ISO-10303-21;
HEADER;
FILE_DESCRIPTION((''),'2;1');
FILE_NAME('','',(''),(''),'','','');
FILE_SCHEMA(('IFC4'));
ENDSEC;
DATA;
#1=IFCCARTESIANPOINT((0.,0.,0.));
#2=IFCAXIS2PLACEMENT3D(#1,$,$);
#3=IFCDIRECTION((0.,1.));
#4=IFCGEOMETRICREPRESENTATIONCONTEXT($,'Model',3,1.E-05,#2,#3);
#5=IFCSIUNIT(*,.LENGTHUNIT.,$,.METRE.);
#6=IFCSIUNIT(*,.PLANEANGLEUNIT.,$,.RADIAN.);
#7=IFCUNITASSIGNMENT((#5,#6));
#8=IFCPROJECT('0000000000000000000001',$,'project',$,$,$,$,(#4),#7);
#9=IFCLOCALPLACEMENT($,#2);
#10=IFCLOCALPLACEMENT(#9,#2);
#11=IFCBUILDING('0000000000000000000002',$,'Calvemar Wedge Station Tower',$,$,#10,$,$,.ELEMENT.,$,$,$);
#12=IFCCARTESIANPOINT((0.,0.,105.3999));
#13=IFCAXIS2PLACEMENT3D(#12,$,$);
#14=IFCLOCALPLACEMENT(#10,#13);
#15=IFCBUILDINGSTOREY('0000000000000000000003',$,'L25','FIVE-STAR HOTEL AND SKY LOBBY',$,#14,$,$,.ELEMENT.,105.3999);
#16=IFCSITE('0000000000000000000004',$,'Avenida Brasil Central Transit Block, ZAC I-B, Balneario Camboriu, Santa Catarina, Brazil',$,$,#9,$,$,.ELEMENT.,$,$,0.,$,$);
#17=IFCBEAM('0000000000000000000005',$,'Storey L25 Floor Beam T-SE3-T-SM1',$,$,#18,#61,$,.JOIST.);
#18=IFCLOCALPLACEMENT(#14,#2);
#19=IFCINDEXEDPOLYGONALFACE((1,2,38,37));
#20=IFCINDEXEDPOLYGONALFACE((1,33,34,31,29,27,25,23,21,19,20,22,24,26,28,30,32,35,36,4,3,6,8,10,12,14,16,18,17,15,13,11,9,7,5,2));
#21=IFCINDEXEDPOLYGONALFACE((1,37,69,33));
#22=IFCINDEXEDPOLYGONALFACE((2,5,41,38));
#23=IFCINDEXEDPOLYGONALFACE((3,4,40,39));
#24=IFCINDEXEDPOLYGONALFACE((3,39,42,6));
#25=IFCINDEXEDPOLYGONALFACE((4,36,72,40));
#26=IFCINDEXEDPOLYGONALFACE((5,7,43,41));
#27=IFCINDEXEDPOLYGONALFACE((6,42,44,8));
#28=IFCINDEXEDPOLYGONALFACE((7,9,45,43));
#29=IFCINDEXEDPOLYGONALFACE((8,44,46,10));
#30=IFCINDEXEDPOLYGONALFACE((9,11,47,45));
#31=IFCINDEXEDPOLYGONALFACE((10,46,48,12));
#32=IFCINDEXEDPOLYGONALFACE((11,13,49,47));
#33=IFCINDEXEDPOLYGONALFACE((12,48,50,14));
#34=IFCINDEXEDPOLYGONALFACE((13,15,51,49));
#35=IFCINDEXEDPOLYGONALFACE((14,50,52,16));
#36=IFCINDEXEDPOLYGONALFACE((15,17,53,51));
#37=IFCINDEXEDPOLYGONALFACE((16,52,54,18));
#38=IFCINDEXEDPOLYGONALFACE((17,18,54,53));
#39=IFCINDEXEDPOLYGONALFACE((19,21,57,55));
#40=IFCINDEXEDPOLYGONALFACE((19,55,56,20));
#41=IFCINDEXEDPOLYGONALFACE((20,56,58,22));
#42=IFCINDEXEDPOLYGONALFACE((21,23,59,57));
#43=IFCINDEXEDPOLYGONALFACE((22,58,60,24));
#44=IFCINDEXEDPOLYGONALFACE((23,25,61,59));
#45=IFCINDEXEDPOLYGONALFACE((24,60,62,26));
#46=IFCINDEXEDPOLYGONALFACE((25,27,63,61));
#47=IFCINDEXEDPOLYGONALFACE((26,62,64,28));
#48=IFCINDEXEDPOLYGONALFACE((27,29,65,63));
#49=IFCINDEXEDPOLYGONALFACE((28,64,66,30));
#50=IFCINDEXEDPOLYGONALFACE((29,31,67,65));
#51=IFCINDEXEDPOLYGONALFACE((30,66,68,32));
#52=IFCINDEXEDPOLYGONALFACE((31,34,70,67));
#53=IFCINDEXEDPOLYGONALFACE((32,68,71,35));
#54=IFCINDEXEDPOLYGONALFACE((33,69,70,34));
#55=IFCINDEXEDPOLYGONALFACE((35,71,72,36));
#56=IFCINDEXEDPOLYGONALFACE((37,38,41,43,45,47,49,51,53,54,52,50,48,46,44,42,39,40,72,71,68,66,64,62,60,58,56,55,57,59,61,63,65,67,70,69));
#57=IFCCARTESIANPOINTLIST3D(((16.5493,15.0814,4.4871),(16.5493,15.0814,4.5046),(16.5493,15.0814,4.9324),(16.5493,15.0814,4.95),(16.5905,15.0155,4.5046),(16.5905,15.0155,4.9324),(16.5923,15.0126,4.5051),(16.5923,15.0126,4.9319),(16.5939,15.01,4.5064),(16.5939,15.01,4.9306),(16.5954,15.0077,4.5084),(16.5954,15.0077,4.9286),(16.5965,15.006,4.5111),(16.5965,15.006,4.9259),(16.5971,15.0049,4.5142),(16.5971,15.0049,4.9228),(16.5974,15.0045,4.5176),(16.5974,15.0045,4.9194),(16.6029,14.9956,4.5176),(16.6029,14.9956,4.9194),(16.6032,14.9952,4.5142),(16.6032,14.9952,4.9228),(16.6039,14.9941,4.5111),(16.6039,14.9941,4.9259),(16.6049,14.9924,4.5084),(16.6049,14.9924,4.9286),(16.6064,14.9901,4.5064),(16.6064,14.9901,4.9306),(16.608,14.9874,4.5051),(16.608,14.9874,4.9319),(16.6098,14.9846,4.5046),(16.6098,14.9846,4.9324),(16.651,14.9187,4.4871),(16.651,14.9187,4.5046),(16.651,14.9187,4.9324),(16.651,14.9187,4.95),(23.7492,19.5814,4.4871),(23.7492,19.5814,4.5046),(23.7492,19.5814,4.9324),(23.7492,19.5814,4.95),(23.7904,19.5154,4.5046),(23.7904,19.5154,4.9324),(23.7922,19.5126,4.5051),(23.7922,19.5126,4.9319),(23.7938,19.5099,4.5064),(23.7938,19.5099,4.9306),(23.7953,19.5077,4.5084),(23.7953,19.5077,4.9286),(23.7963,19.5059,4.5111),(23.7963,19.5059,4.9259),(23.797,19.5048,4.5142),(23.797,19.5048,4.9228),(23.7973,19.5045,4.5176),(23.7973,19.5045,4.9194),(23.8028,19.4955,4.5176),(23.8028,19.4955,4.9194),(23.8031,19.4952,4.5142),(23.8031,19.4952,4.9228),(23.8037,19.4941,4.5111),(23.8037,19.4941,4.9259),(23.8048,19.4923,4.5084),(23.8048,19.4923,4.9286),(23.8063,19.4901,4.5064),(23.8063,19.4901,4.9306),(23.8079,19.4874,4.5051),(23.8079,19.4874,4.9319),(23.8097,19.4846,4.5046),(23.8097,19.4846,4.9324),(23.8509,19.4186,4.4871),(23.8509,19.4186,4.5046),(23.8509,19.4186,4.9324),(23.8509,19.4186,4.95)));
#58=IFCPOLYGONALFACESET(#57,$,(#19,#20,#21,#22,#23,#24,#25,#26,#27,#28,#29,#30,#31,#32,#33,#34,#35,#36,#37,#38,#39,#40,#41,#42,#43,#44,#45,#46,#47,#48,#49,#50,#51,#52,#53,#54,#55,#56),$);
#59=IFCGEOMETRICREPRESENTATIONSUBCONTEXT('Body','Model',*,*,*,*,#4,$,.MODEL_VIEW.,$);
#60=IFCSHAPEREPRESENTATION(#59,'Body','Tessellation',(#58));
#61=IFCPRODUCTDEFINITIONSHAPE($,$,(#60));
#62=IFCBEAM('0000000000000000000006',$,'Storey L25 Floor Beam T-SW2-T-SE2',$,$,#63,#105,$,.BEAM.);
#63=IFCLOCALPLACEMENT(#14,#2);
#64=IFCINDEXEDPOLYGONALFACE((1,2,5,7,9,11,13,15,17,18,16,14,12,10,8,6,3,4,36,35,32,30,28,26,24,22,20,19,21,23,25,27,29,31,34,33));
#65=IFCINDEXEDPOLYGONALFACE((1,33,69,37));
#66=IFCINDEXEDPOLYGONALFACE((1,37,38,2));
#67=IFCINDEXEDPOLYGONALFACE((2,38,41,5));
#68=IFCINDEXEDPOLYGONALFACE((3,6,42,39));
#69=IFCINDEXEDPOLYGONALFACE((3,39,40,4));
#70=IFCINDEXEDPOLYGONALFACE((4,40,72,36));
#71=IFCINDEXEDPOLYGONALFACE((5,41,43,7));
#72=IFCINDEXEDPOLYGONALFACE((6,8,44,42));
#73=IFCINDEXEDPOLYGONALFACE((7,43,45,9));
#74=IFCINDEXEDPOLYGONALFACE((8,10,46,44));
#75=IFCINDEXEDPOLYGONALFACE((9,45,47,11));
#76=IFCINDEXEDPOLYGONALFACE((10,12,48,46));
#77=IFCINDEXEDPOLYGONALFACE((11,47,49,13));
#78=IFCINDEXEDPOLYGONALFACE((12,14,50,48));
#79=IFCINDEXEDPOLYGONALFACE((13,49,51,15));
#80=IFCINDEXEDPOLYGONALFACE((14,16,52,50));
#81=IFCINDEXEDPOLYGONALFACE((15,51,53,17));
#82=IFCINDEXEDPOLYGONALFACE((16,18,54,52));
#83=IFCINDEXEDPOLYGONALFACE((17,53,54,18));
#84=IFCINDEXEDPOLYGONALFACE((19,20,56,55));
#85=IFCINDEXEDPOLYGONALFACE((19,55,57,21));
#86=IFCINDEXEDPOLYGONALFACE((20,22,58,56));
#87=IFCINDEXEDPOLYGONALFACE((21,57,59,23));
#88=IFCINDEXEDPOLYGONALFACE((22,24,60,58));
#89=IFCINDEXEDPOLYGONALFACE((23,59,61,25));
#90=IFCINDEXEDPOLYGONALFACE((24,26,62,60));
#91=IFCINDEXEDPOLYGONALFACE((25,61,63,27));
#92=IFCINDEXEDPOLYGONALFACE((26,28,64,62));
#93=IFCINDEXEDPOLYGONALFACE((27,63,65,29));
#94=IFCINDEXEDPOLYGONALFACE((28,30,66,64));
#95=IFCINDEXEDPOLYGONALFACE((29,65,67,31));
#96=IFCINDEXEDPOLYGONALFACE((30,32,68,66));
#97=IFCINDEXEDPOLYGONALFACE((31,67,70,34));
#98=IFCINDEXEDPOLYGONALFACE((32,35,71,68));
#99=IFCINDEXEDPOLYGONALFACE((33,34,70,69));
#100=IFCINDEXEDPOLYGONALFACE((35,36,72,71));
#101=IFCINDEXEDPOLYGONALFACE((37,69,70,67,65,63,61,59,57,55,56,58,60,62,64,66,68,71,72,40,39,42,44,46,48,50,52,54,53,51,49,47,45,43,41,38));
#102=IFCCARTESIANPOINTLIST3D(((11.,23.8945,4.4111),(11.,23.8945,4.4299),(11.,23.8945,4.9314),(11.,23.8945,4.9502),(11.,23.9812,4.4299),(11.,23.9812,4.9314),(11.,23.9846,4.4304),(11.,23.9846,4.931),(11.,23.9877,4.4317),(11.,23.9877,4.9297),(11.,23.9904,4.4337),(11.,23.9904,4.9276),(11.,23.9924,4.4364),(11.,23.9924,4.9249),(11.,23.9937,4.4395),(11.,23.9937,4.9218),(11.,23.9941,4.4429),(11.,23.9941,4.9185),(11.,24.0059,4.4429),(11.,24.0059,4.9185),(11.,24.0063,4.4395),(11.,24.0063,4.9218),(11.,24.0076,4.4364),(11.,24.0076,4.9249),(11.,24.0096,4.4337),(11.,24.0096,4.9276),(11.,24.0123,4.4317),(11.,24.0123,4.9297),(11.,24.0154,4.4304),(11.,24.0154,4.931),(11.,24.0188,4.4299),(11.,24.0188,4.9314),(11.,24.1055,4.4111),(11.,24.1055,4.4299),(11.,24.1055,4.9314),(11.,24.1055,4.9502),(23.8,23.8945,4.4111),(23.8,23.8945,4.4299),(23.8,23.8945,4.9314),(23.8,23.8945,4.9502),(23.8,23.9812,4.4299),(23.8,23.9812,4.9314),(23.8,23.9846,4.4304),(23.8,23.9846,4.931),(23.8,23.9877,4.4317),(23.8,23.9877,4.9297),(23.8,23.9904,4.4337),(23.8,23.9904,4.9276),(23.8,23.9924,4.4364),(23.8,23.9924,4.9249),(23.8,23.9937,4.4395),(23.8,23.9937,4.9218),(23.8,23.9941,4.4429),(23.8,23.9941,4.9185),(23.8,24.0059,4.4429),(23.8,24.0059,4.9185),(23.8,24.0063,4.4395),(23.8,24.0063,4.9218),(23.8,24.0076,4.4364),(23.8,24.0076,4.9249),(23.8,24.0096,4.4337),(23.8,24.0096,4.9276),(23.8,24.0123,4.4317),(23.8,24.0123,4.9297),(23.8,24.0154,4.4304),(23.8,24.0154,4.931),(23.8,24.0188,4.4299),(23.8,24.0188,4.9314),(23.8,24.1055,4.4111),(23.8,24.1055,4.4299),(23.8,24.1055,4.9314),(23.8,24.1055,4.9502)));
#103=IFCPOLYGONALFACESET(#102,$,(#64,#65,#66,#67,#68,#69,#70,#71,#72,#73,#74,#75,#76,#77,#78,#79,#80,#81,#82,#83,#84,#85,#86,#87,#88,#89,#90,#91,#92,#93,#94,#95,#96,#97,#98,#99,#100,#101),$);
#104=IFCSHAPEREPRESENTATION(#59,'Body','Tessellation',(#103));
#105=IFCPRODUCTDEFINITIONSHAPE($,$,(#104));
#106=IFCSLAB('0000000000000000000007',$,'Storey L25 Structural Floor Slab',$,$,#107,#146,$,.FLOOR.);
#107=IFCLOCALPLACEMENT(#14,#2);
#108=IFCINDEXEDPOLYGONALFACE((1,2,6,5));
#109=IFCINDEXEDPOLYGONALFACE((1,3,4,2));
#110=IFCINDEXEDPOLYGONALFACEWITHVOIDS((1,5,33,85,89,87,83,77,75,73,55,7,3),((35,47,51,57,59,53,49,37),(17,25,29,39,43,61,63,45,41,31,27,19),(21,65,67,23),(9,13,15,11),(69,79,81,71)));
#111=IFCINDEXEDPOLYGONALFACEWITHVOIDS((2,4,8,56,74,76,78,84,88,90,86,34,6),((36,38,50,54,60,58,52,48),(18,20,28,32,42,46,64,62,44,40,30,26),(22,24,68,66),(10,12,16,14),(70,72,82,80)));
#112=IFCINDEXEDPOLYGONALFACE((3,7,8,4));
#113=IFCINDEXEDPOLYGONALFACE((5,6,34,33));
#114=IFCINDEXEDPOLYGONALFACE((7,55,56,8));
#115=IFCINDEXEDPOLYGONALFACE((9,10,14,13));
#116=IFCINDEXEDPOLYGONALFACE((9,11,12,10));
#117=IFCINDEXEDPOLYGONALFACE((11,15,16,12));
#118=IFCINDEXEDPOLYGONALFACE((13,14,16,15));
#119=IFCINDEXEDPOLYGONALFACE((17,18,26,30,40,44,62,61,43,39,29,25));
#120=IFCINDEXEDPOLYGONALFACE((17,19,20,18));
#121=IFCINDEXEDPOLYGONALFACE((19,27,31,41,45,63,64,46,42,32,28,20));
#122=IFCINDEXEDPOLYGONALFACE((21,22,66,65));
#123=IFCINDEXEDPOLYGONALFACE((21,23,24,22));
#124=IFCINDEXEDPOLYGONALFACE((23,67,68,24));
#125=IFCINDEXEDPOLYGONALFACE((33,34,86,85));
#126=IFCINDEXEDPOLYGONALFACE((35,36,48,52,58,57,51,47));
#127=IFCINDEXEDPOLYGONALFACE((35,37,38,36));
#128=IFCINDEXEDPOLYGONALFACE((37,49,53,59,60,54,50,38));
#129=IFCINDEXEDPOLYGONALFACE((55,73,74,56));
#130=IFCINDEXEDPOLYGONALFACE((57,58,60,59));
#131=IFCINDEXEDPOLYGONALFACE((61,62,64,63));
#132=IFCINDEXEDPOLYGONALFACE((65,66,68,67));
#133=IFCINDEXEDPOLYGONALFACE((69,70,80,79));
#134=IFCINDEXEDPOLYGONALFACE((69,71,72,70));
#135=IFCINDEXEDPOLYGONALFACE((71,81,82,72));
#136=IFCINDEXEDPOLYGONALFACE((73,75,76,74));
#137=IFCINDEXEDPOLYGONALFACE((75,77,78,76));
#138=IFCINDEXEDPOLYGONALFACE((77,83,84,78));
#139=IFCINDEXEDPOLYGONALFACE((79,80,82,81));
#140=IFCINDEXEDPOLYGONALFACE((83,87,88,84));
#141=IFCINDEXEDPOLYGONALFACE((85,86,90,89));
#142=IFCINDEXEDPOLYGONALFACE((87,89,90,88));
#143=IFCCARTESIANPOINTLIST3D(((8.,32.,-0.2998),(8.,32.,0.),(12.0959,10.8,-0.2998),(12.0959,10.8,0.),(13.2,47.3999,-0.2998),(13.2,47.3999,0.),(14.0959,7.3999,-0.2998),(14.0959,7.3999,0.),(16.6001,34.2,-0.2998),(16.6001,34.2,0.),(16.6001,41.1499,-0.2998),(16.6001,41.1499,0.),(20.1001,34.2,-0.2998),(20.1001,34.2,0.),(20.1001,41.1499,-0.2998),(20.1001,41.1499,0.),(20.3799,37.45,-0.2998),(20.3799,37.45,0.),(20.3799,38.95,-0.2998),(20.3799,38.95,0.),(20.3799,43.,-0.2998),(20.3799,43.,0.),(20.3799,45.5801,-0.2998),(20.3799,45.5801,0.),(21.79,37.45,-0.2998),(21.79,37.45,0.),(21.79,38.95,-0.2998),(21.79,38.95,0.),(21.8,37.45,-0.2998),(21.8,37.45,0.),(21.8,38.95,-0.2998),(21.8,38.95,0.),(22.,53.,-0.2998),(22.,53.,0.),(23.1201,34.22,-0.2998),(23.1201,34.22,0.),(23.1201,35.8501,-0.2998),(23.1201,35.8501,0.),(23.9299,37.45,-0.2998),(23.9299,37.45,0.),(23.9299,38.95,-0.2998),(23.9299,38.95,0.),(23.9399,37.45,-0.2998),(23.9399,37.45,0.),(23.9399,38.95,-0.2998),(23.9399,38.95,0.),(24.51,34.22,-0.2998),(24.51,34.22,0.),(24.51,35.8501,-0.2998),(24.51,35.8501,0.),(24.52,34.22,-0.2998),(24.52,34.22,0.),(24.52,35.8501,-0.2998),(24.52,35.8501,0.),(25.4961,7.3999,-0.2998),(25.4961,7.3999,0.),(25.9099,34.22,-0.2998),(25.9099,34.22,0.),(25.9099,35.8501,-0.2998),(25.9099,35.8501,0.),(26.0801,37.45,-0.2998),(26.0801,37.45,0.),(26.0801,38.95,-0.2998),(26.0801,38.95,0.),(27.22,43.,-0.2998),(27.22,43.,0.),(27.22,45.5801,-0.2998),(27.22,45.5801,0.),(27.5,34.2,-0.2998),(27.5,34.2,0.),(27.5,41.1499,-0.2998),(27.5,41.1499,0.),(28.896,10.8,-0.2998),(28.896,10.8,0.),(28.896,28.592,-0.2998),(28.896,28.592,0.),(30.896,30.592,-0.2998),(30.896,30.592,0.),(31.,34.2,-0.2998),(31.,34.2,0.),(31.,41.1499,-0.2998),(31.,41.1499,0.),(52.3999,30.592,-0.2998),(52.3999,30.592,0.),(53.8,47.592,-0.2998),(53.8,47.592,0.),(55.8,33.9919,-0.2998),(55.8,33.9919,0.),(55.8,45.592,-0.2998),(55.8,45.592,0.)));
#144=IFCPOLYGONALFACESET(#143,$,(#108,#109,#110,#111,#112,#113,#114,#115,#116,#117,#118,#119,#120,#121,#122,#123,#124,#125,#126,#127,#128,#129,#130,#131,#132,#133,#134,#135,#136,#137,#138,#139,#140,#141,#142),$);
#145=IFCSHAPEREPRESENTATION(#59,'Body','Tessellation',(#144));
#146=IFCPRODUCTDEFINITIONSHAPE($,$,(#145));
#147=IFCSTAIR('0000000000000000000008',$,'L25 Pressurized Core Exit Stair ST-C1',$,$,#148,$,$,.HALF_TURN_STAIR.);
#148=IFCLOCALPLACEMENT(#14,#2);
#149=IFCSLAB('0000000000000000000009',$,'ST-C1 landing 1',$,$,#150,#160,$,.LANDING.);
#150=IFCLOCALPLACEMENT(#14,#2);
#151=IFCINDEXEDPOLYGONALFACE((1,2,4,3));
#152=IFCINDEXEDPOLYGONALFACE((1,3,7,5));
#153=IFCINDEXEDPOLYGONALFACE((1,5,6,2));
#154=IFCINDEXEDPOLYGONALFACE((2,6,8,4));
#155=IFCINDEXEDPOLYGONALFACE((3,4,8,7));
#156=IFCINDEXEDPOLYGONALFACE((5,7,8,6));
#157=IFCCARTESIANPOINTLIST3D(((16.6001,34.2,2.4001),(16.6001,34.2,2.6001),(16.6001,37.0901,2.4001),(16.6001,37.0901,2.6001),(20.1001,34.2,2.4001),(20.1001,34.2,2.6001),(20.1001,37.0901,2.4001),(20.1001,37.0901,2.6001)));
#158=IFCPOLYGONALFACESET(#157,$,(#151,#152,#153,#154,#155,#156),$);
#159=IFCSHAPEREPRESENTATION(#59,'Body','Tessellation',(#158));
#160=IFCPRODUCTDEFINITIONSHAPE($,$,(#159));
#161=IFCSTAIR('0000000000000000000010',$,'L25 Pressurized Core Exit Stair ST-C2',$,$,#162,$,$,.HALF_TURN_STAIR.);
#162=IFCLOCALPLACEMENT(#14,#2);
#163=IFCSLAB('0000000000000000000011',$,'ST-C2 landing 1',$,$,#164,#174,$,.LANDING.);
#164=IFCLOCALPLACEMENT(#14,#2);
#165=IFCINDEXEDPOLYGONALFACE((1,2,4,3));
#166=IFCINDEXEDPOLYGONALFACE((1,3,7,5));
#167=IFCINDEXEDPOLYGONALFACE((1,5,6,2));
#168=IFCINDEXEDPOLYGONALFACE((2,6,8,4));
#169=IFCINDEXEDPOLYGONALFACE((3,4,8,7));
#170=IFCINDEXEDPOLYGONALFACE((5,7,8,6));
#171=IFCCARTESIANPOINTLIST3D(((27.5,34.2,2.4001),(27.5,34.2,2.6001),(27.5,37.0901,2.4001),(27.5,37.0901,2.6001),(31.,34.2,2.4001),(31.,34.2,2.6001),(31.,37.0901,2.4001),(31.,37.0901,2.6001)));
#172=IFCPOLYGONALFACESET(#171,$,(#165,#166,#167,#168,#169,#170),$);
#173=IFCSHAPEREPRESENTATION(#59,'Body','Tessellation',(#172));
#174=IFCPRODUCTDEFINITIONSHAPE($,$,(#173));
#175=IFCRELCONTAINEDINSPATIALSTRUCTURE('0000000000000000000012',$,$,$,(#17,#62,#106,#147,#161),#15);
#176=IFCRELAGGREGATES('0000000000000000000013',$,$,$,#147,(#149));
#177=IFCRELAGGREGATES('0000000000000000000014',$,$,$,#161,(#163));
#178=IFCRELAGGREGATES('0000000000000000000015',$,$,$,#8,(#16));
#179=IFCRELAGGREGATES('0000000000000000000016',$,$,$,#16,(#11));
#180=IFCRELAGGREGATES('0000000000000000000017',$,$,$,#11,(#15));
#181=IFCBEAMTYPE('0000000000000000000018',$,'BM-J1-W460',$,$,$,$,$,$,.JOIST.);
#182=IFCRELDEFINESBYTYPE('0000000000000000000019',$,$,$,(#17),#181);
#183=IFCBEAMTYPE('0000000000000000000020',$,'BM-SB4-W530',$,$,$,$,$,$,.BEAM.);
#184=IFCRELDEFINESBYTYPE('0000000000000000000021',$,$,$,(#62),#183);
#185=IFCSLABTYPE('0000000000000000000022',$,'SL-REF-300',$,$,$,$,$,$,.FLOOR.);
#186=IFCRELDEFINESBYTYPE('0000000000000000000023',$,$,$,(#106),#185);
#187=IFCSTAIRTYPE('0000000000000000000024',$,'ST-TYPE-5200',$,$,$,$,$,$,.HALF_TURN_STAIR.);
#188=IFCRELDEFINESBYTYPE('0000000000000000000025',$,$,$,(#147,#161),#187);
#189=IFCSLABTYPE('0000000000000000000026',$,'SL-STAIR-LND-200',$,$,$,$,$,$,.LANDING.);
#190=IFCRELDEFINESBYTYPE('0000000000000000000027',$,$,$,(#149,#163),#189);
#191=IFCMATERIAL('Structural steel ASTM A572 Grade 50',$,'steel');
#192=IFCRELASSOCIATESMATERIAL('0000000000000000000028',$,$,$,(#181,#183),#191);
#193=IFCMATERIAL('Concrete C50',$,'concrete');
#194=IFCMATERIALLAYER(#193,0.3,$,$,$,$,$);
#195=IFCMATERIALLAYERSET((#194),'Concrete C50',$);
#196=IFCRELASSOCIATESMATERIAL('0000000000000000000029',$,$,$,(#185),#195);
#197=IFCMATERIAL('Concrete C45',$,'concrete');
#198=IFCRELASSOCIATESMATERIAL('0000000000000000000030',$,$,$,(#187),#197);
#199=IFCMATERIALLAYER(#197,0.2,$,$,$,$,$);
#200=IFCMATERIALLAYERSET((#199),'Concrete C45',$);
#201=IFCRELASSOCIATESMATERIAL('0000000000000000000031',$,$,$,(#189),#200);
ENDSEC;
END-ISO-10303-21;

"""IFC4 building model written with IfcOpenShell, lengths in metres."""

from ifc_helpers import new_model, si_unit, direction, frame, origin, origin_2d, place, context, subcontext, project, spatial, polyline, i_section, outline, extrude, source, transform, mapped, material, layer, layer_set, material_profile, profile_set, type_object, element, aggregate, save


model = new_model("IFC4")

# Units and contexts
model_context = context("Model", 3, precision=1e-05, world=origin(), true_north=direction((0.0, 1.0)))
body_context = subcontext(model_context, "Body", "Model", "MODEL_VIEW")
ifc_project = project(units=[si_unit("LENGTHUNIT", "METRE"), si_unit("PLANEANGLEUNIT", "RADIAN")], contexts=[model_context])

# Site, building, storey
site_placement = place(None, origin())
site = spatial("IfcSite", under=ifc_project, at=site_placement, Name="Avenida Brasil Central Transit Block, ZAC I-B, Balneario Camboriu, Santa Catarina, Brazil", CompositionType="ELEMENT", RefElevation=0.0)
building_placement = place(site_placement, origin())
building = spatial("IfcBuilding", under=site, at=building_placement, Name="Calvemar Wedge Station Tower", CompositionType="ELEMENT")
storey_placement = place(building_placement, frame((0.0, 0.0, 105.3999)))
storey = spatial("IfcBuildingStorey", under=building, at=storey_placement, Name="L25", Description="FIVE-STAR HOTEL AND SKY LOBBY", CompositionType="ELEMENT", Elevation=105.3999)

# Shared definitions
ifc_material_1 = material(Name="Concrete C50", Category="concrete")

# Beams
ifc_material_2 = material(Name="Structural steel ASTM A572 Grade 50", Category="steel")
ifc_material_profile_1 = material_profile(ifc_material_2, i_section(OverallWidth=0.1919, OverallDepth=0.4629, WebThickness=0.0105, FlangeThickness=0.0176, FilletRadius=0.0129, at=origin_2d()), Name="W460x89")
ifc_profile_set_1 = profile_set([ifc_material_profile_1], Name="Structural steel ASTM A572 Grade 50")
beam_type_1 = type_object("IfcBeamType", Name="BM-J1-W460", PredefinedType="JOIST", material=ifc_profile_set_1)
shared_shape_1 = source(origin(), body_context, "Body", "SweptSolid", [
    extrude(i_section(OverallWidth=0.1919, OverallDepth=0.4629, WebThickness=0.0105, FlangeThickness=0.0176, FilletRadius=0.0129, at=origin_2d()), origin(), (0.0, 0.0, 1.0), 8.4905),
])
beam_1_placement = place(storey_placement, frame((23.8, 19.5, 4.7185), z_axis=(-0.847997, -0.530002, 0.0), x_axis=(0.530002, -0.847997, 0.0)))
element("IfcBeam", 1, at=beam_1_placement, inside=storey, type_object=beam_type_1, Name="Storey L25 Floor Beam T-SE3-T-SM1", PredefinedType="JOIST", context=body_context, shape_type="MappedRepresentation", body=[
    mapped(shared_shape_1, transform((0.0, 0.0, 0.0), scale=1.0)),
])
ifc_material_profile_2 = material_profile(ifc_material_2, i_section(OverallWidth=0.2109, OverallDepth=0.5391, WebThickness=0.0117, FlangeThickness=0.0188, FilletRadius=0.0129, at=origin_2d()), Name="W530x109")
ifc_profile_set_2 = profile_set([ifc_material_profile_2], Name="Structural steel ASTM A572 Grade 50")
beam_type_2 = type_object("IfcBeamType", Name="BM-SB4-W530", PredefinedType="BEAM", material=ifc_profile_set_2)
shared_shape_2 = source(origin(), body_context, "Body", "SweptSolid", [
    extrude(i_section(OverallWidth=0.2109, OverallDepth=0.5391, WebThickness=0.0117, FlangeThickness=0.0188, FilletRadius=0.0129, at=origin_2d()), origin(), (0.0, 0.0, 1.0), 12.8),
])
beam_2_placement = place(storey_placement, frame((11.0, 24.0, 4.6807), z_axis=(1.0, 0.0, 0.0), x_axis=(0.0, 1.0, 0.0)))
element("IfcBeam", 2, at=beam_2_placement, inside=storey, type_object=beam_type_2, Name="Storey L25 Floor Beam T-SW2-T-SE2", PredefinedType="BEAM", context=body_context, shape_type="MappedRepresentation", body=[
    mapped(shared_shape_2, transform((0.0, 0.0, 0.0), scale=1.0)),
])

# Slab
ifc_layer_1 = layer(ifc_material_1, 0.3)
ifc_layer_set_1 = layer_set([ifc_layer_1], Name="Concrete C50")
slab_type_1 = type_object("IfcSlabType", Name="SL-REF-300", PredefinedType="FLOOR", material=ifc_layer_set_1)
slab_1_placement = place(storey_placement, frame((0.0, 0.0, -0.2998)))
element("IfcSlab", 3, at=slab_1_placement, inside=storey, type_object=slab_type_1, Name="Storey L25 Structural Floor Slab", PredefinedType="FLOOR", context=body_context, shape_type="SweptSolid", body=[
    extrude(outline(polyline([(8.0, 32.0), (12.0959, 10.8), (14.0959, 7.3999), (25.4961, 7.3999), (28.896, 10.8), (28.896, 28.592), (30.896, 30.592), (52.3999, 30.592), (55.8, 33.9919), (55.8, 45.592), (53.8, 47.592), (22.0, 53.0), (13.2, 47.3999), (8.0, 32.0)]), holes=[polyline([(24.52, 35.8501), (24.51, 35.8501), (23.1201, 35.8501), (23.1201, 34.22), (24.51, 34.22), (24.52, 34.22), (25.9099, 34.22), (25.9099, 35.8501), (24.52, 35.8501)]), polyline([(16.6001, 34.2), (20.1001, 34.2), (20.1001, 41.1499), (16.6001, 41.1499), (16.6001, 34.2)]), polyline([(27.5, 34.2), (31.0, 34.2), (31.0, 41.1499), (27.5, 41.1499), (27.5, 34.2)]), polyline([(21.8, 38.95), (21.79, 38.95), (20.3799, 38.95), (20.3799, 37.45), (21.79, 37.45), (21.8, 37.45), (23.9299, 37.45), (23.9399, 37.45), (26.0801, 37.45), (26.0801, 38.95), (23.9399, 38.95), (23.9299, 38.95), (21.8, 38.95)]), polyline([(27.22, 43.0), (27.22, 45.5801), (20.3799, 45.5801), (20.3799, 43.0), (27.22, 43.0)])]), origin(), (0.0, 0.0, 1.0), 0.2998),
])

# Stairs, slabs
ifc_material_3 = material(Name="Concrete C45", Category="concrete")
stair_type = type_object("IfcStairType", Name="ST-TYPE-5200", PredefinedType="HALF_TURN_STAIR", material=ifc_material_3)
stair_1_placement = place(storey_placement, origin())
stair_1 = element("IfcStair", 4, at=stair_1_placement, inside=storey, type_object=stair_type, Name="L25 Pressurized Core Exit Stair ST-C1", PredefinedType="HALF_TURN_STAIR")
ifc_layer_2 = layer(ifc_material_3, 0.2)
ifc_layer_set_2 = layer_set([ifc_layer_2], Name="Concrete C45")
slab_type_2 = type_object("IfcSlabType", Name="SL-STAIR-LND-200", PredefinedType="LANDING", material=ifc_layer_set_2)
slab_2_placement = place(storey_placement, frame((0.0, 0.0, 2.4001)))
slab_2 = element("IfcSlab", 5, at=slab_2_placement, type_object=slab_type_2, Name="ST-C1 landing 1", PredefinedType="LANDING", context=body_context, shape_type="SweptSolid", body=[
    extrude(outline(polyline([(16.6001, 37.0901), (16.6001, 34.2), (20.1001, 34.2), (20.1001, 37.0901), (16.6001, 37.0901)])), origin(), (0.0, 0.0, 1.0), 0.2),
])
aggregate(stair_1, [slab_2])
stair_2_placement = place(storey_placement, origin())
stair_2 = element("IfcStair", 6, at=stair_2_placement, inside=storey, type_object=stair_type, Name="L25 Pressurized Core Exit Stair ST-C2", PredefinedType="HALF_TURN_STAIR")
slab_3_placement = place(storey_placement, frame((0.0, 0.0, 2.4001)))
slab_3 = element("IfcSlab", 7, at=slab_3_placement, type_object=slab_type_2, Name="ST-C2 landing 1", PredefinedType="LANDING", context=body_context, shape_type="SweptSolid", body=[
    extrude(outline(polyline([(27.5, 37.0901), (27.5, 34.2), (31.0, 34.2), (31.0, 37.0901), (27.5, 37.0901)])), origin(), (0.0, 0.0, 1.0), 0.2),
])
aggregate(stair_2, [slab_3])

save(model, "model.ifc")
